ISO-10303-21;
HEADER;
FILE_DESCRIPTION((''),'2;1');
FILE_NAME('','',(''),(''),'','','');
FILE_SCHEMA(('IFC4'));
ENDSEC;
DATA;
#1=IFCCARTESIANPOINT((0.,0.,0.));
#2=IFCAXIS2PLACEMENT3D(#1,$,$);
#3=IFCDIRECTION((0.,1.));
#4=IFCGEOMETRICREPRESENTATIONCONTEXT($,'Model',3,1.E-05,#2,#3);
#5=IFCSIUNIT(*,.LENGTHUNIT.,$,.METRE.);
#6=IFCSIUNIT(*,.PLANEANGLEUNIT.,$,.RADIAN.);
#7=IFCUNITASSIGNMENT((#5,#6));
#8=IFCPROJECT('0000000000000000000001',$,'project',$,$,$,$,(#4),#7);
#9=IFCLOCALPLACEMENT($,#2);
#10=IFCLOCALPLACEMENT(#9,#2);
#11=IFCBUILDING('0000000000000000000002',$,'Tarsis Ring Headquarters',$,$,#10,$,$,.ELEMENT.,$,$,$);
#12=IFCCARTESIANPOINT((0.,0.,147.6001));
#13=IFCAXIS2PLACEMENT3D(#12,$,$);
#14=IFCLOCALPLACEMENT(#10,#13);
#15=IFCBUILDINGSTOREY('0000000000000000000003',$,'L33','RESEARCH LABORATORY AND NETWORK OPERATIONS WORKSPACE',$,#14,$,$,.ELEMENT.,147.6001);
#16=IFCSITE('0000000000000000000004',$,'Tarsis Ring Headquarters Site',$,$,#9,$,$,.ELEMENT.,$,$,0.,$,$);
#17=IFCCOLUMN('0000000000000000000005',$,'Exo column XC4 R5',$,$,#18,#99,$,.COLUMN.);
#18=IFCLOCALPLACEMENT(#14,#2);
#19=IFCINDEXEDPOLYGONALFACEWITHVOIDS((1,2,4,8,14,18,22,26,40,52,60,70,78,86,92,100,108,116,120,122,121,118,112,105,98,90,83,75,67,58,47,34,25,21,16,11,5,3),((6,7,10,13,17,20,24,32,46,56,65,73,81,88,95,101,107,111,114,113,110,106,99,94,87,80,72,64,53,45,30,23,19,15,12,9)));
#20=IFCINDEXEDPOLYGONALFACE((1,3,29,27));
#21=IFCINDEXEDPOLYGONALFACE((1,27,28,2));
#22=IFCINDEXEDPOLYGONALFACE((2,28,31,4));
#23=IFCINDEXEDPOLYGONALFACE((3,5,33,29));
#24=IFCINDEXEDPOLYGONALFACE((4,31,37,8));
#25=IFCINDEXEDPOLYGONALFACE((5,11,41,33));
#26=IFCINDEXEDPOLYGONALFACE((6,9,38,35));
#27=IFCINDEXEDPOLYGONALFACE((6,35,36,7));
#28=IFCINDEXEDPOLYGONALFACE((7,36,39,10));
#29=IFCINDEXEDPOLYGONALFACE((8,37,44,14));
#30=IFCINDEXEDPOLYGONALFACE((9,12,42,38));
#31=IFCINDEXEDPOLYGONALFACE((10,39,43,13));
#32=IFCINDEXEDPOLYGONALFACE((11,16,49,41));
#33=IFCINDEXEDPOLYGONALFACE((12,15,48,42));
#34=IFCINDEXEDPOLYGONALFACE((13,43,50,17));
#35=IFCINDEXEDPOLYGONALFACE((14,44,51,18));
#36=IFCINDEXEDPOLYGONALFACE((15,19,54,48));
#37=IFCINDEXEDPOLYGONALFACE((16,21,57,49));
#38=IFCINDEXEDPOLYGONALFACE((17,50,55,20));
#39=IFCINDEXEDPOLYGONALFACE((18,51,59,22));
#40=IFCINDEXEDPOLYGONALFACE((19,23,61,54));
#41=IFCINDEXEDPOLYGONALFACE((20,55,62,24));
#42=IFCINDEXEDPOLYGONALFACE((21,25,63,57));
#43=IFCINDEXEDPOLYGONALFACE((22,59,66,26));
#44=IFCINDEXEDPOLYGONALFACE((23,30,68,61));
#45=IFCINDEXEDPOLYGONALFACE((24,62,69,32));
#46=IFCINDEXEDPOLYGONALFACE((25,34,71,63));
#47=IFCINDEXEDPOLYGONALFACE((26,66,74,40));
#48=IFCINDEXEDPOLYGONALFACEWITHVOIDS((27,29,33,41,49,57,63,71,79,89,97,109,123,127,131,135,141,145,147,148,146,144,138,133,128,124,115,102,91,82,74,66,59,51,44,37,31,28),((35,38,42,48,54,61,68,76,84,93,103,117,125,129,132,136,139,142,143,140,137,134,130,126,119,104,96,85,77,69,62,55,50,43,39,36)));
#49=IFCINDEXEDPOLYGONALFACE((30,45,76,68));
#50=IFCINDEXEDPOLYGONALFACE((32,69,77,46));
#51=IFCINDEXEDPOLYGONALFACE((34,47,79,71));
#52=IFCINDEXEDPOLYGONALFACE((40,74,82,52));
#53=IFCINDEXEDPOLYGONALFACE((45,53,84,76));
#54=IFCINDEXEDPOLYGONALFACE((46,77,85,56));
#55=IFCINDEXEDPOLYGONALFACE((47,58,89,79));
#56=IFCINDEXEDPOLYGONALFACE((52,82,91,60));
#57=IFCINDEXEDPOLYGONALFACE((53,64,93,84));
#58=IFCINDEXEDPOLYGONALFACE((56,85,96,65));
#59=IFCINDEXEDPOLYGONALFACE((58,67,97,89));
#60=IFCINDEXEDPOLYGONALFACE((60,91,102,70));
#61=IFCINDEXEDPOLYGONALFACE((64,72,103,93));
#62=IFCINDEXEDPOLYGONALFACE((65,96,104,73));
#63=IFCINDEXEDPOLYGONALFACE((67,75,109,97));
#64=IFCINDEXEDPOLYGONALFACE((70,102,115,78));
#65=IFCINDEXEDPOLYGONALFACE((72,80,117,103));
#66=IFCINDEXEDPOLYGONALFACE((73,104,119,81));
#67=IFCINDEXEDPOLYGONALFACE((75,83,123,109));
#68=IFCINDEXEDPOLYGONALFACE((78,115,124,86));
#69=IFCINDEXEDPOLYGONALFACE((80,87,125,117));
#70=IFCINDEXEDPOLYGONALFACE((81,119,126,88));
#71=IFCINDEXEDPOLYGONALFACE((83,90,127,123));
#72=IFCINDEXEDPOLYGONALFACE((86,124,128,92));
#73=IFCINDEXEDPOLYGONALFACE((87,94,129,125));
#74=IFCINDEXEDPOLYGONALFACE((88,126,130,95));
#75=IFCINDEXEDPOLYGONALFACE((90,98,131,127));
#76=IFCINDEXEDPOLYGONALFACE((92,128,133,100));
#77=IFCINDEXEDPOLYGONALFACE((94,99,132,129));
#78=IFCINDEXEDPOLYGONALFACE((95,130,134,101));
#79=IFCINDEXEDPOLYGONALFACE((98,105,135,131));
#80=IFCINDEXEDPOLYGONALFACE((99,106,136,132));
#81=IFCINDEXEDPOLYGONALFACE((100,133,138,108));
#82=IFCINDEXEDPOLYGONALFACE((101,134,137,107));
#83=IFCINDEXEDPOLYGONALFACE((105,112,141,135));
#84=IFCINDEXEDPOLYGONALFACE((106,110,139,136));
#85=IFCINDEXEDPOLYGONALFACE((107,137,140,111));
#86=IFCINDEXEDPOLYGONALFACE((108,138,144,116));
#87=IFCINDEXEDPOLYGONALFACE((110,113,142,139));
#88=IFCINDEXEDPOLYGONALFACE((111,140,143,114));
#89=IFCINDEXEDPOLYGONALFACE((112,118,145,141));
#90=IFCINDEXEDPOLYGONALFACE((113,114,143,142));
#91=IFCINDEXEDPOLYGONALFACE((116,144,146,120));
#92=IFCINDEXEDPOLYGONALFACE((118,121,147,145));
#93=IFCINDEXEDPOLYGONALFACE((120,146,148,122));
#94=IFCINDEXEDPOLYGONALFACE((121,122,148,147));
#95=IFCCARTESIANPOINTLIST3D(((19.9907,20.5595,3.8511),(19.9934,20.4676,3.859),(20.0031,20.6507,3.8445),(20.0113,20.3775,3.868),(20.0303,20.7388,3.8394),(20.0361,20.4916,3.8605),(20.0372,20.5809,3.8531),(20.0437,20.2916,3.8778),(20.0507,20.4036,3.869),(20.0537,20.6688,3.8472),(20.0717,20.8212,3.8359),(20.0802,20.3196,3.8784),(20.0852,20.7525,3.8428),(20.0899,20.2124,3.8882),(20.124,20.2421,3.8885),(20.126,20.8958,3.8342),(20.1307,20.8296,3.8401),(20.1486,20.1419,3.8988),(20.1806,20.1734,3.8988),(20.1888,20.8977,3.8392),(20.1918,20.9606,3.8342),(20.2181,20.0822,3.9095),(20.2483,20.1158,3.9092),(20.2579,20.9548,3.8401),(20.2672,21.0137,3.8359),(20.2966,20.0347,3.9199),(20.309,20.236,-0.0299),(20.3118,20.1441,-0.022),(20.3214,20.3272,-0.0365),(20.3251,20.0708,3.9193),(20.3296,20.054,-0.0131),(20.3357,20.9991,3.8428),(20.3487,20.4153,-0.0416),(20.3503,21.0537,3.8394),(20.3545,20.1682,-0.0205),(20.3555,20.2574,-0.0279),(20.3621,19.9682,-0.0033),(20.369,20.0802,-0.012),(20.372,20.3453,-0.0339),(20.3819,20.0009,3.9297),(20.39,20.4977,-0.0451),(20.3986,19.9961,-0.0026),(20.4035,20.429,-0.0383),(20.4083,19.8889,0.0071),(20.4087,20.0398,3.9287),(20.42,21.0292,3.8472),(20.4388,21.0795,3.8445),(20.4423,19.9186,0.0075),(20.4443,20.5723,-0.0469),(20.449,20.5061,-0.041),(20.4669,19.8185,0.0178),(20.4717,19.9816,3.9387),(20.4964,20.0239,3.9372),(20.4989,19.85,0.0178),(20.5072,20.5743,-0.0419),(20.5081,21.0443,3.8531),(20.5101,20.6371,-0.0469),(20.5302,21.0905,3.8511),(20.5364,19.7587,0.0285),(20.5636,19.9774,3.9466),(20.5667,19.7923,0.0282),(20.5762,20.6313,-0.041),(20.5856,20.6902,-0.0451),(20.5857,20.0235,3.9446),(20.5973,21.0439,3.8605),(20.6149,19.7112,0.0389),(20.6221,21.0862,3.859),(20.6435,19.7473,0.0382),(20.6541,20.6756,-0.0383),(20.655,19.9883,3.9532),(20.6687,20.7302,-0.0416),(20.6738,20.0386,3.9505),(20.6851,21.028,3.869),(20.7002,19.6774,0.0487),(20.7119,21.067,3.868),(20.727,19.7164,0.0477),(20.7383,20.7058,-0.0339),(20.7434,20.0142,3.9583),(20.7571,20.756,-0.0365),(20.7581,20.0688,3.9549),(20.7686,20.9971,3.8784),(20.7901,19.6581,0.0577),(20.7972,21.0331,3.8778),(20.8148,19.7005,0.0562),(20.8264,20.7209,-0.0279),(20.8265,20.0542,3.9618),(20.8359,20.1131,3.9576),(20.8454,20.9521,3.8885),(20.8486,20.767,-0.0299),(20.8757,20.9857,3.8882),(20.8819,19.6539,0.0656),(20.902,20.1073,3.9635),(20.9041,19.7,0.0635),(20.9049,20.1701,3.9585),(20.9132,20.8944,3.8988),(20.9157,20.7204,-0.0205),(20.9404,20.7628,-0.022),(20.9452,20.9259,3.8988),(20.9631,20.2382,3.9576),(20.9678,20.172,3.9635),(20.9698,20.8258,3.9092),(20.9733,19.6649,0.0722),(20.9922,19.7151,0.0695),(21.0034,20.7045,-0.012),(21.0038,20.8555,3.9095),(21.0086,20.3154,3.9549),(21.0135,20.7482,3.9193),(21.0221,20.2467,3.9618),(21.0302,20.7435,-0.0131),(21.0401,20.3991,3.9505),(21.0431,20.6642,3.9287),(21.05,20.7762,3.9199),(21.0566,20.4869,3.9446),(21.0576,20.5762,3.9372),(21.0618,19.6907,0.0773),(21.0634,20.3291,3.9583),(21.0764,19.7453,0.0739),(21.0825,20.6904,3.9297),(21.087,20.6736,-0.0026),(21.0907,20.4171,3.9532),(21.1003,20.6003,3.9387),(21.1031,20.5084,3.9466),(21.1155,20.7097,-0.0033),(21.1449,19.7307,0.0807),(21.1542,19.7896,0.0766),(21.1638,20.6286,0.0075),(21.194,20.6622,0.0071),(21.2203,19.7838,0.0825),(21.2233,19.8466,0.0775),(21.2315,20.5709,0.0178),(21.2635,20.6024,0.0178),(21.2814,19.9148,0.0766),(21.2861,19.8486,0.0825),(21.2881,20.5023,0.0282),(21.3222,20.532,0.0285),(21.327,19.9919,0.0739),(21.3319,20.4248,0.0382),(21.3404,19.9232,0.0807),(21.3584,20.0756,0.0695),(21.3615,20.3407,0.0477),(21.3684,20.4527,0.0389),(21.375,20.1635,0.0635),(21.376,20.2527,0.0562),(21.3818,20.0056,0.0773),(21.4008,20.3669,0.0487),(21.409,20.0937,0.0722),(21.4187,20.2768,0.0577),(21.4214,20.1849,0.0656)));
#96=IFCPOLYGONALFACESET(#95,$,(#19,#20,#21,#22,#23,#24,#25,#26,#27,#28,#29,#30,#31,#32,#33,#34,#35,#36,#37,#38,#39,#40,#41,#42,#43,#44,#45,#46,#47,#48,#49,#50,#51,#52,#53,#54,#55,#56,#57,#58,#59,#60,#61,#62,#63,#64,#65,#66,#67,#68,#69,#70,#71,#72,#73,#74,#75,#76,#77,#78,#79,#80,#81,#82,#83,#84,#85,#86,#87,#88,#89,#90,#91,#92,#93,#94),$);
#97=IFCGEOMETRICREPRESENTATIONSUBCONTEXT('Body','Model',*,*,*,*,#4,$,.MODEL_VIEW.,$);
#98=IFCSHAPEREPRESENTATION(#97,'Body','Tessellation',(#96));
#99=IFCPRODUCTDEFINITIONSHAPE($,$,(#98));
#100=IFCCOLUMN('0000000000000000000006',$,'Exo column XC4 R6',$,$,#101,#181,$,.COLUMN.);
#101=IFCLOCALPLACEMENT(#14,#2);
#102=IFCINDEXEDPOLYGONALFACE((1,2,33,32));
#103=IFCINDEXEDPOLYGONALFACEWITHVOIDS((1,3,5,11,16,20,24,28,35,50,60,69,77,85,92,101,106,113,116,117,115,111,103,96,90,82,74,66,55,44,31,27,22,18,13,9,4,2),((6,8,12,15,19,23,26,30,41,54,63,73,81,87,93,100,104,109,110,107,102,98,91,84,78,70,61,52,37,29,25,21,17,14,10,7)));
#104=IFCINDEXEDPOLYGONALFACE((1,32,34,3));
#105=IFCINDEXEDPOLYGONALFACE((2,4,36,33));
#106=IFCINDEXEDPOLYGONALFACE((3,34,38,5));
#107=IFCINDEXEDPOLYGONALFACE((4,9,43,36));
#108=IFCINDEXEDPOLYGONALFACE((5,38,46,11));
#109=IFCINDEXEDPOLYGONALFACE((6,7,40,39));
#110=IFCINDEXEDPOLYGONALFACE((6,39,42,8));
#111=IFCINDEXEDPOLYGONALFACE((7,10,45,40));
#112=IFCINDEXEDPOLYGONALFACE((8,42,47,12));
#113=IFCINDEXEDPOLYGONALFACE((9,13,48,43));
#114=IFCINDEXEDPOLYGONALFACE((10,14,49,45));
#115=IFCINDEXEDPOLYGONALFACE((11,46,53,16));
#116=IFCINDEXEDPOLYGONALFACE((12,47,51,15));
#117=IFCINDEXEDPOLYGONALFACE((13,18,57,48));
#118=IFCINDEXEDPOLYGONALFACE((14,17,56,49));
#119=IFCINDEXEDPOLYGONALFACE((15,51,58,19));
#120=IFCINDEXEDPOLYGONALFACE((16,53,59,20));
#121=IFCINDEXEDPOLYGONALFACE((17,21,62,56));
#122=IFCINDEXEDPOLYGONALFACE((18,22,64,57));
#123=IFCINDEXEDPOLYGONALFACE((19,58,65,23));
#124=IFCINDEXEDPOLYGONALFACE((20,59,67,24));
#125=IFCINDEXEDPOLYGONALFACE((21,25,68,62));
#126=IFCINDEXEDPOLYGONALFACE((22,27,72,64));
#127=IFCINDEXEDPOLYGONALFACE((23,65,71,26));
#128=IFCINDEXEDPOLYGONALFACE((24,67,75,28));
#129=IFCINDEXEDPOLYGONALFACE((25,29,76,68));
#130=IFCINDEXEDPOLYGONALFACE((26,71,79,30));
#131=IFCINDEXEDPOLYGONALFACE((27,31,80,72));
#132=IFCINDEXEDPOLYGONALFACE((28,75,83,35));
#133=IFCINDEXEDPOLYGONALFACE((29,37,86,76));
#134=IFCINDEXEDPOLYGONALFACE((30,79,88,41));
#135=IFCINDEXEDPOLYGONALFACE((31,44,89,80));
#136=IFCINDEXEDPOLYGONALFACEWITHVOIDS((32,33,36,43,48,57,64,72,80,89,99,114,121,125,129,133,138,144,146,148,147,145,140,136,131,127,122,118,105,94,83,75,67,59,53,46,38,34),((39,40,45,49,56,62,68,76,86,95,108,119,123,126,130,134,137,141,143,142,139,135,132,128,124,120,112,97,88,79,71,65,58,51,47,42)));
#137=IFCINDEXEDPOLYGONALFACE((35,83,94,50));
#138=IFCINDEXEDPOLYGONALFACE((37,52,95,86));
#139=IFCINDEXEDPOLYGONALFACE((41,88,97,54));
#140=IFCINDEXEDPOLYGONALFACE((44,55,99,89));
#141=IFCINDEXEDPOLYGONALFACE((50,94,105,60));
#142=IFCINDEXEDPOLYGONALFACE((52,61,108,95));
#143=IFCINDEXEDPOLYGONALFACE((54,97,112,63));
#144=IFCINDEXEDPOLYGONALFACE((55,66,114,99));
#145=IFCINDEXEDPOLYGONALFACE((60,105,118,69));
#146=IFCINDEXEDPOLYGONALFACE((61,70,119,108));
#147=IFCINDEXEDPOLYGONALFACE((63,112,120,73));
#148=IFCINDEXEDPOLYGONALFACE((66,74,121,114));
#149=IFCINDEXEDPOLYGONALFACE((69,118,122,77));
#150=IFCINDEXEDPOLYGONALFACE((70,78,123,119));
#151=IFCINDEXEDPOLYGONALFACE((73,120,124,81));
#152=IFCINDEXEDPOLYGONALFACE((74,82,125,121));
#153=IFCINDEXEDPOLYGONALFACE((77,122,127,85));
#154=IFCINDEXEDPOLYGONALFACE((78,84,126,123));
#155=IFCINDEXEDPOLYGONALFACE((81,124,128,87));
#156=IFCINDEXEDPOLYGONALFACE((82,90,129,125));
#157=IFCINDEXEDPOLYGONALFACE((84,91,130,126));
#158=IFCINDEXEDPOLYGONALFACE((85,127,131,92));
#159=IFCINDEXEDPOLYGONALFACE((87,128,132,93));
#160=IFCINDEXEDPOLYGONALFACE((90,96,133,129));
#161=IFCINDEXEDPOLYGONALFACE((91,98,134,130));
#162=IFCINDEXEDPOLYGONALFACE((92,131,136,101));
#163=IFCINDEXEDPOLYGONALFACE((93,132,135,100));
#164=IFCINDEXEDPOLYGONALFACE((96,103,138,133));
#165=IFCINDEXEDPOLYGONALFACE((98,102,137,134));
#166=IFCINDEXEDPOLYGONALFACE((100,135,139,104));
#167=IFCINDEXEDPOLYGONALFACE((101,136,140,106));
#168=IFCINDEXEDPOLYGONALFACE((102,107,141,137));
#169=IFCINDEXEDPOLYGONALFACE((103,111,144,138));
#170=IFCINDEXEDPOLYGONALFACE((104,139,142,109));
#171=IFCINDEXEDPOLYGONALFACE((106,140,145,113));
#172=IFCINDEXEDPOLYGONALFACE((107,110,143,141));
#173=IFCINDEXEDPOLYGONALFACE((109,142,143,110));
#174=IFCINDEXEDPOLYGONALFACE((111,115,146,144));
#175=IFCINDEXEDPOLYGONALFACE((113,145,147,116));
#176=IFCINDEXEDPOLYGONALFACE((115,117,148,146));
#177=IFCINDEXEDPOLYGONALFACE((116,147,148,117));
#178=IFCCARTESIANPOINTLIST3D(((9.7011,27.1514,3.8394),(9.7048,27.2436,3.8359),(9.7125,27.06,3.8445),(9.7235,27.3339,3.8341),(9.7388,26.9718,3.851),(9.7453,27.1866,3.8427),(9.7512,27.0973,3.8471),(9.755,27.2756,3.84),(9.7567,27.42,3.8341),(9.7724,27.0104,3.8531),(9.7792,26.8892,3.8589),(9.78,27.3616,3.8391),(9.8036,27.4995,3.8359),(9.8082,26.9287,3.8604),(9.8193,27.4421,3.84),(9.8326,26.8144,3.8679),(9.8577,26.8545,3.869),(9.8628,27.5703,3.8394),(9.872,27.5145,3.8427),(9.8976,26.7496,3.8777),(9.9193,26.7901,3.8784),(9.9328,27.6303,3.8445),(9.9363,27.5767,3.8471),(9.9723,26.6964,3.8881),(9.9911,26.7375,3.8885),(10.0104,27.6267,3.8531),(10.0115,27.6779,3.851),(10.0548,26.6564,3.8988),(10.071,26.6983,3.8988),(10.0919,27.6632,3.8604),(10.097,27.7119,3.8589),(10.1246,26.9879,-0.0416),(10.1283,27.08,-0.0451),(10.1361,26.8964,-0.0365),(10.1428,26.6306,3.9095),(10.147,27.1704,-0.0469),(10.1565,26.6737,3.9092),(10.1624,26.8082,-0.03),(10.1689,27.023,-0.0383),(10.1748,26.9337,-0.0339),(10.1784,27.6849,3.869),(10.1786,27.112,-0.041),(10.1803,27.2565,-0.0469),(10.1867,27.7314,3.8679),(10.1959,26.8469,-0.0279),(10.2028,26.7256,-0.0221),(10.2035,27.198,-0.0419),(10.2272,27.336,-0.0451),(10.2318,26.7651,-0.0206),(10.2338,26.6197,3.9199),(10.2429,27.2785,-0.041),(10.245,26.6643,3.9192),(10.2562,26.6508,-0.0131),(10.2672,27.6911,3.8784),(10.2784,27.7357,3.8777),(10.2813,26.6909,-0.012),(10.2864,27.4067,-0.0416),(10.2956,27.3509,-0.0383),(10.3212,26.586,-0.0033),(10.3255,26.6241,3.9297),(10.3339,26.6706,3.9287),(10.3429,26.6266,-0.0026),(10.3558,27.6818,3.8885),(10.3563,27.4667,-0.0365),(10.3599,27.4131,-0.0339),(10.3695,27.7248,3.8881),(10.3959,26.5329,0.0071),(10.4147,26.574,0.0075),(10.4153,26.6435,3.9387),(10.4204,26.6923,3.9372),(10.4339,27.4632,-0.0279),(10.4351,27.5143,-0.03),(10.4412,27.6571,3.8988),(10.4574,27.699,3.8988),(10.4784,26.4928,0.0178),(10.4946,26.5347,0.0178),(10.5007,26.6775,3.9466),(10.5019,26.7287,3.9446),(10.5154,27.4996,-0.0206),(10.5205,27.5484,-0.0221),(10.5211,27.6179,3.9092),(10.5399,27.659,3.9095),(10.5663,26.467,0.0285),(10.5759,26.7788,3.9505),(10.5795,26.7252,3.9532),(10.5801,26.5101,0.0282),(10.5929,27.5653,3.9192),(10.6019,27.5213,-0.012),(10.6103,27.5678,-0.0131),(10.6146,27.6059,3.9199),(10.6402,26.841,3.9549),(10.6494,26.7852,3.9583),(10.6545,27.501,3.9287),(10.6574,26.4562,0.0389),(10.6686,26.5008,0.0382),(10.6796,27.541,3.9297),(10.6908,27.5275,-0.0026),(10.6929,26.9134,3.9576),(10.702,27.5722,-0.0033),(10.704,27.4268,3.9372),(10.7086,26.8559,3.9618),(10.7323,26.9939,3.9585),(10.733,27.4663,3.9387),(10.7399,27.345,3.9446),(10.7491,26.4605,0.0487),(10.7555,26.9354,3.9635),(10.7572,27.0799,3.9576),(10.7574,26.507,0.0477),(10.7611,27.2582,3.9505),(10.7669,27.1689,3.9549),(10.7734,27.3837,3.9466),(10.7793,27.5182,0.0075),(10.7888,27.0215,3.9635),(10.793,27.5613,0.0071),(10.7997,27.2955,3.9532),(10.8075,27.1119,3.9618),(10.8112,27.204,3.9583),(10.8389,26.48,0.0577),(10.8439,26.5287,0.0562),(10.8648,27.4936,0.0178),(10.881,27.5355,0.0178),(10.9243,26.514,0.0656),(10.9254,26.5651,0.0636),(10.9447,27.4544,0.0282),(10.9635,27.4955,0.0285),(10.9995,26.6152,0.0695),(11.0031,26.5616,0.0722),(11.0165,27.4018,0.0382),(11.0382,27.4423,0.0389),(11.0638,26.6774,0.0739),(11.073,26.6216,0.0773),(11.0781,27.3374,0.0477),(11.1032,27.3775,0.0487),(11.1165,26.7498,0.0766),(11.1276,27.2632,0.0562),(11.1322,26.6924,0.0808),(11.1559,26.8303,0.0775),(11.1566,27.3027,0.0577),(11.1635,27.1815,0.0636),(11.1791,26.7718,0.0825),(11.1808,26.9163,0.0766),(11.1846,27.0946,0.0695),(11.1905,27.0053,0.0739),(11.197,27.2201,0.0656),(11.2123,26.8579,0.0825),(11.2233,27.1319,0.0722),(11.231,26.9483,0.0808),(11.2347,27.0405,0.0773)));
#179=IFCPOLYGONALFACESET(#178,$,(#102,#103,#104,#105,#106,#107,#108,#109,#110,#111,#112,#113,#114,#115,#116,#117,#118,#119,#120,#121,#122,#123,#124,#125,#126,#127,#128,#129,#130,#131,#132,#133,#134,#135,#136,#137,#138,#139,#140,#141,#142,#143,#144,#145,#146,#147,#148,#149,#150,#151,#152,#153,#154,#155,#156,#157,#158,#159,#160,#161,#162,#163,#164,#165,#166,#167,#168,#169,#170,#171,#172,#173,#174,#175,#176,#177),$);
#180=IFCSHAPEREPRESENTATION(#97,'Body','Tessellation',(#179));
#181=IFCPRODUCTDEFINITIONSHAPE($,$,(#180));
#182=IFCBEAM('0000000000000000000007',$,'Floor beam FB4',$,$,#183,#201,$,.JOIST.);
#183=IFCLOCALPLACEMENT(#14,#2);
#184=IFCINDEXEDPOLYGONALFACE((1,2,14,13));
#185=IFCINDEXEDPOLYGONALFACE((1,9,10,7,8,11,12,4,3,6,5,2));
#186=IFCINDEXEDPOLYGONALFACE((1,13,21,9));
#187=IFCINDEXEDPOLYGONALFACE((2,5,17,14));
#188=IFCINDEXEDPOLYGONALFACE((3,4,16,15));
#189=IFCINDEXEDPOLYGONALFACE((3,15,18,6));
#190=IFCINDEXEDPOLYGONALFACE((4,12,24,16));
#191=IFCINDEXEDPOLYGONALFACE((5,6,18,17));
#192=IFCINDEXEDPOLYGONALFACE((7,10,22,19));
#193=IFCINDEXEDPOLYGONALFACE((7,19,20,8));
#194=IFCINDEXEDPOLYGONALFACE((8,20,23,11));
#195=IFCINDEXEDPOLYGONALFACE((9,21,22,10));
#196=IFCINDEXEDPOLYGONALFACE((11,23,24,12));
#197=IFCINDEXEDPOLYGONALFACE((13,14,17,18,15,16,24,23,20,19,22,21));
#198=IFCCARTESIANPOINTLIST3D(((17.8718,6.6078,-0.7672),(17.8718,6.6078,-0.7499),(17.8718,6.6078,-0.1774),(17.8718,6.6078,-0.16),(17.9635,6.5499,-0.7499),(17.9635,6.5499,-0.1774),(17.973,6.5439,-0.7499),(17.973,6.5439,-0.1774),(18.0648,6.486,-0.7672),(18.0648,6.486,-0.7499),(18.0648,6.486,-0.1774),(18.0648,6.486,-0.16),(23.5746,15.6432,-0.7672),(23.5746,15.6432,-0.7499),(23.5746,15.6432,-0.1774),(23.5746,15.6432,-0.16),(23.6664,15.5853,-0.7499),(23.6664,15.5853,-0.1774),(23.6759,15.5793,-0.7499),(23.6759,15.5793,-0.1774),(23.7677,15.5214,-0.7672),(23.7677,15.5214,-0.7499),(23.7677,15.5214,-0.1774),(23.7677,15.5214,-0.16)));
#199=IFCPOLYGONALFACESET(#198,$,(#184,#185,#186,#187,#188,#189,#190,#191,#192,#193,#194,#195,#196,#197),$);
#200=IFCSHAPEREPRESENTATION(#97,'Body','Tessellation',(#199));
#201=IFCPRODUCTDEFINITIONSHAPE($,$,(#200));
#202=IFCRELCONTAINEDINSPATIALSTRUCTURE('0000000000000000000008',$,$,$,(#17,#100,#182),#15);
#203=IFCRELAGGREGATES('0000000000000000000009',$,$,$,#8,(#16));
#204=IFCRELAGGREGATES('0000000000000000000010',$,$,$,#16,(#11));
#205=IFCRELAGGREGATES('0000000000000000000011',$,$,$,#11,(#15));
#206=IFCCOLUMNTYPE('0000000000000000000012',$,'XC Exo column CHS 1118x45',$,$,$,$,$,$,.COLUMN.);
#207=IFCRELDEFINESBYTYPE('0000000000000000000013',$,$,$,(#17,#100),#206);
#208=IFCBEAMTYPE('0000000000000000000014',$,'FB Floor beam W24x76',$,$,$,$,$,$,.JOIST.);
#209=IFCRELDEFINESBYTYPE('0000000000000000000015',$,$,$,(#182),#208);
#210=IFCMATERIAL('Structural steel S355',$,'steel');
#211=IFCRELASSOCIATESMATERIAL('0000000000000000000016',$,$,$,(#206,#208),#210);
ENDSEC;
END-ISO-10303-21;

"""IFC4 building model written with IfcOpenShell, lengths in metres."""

from ifc_helpers import new_model, si_unit, direction, frame, origin, origin_2d, place, context, subcontext, project, spatial, hollow_circle, i_section, extrude, material, material_profile, profile_set, type_object, element, save


model = new_model("IFC4")

# Units and contexts
model_context = context("Model", 3, precision=1e-05, world=origin(), true_north=direction((0.0, 1.0)))
body_context = subcontext(model_context, "Body", "Model", "MODEL_VIEW")
ifc_project = project(units=[si_unit("LENGTHUNIT", "METRE"), si_unit("PLANEANGLEUNIT", "RADIAN")], contexts=[model_context])

# Site, building, storey
site_placement = place(None, origin())
site = spatial("IfcSite", under=ifc_project, at=site_placement, Name="Tarsis Ring Headquarters Site", CompositionType="ELEMENT", RefElevation=0.0)
building_placement = place(site_placement, origin())
building = spatial("IfcBuilding", under=site, at=building_placement, Name="Tarsis Ring Headquarters", CompositionType="ELEMENT")
storey_placement = place(building_placement, frame((0.0, 0.0, 147.6001)))
storey = spatial("IfcBuildingStorey", under=building, at=storey_placement, Name="L33", Description="RESEARCH LABORATORY AND NETWORK OPERATIONS WORKSPACE", CompositionType="ELEMENT", Elevation=147.6001)

# Columns
ifc_material_1 = material(Name="Structural steel S355", Category="steel")
ifc_material_profile_1 = material_profile(ifc_material_1, hollow_circle(Radius=0.5588, WallThickness=0.0449, at=origin_2d()), Name="CHS 1118x45")
ifc_profile_set_1 = profile_set([ifc_material_profile_1], Name="Structural steel S355")
column_type = type_object("IfcColumnType", Name="XC Exo column CHS 1118x45", PredefinedType="COLUMN", material=ifc_profile_set_1)
for number, where, z_axis, x_axis, name in (
    (1, (20.8652, 20.2104, 0.0178), (-0.081473, 0.082785, 0.993232), (-0.712732, -0.701436, 0.0), "Exo column XC4 R5"),
    (2, (10.6797, 27.0142, 0.0178), (-0.108401, 0.041861, 0.993226), (-0.36024, -0.93286, 0.0), "Exo column XC4 R6"),
):
    element("IfcColumn", number, at=place(storey_placement, frame(where, z_axis=z_axis, x_axis=x_axis)), inside=storey, type_object=column_type, Name=name, PredefinedType="COLUMN", context=body_context, shape_type="SweptSolid", body=[
        extrude(hollow_circle(Radius=0.5588, WallThickness=0.0449, at=origin_2d()), origin(), (0.0, 0.0, 1.0), 3.9075),
    ])

# Beam
ifc_material_profile_2 = material_profile(ifc_material_1, i_section(OverallWidth=0.2283, OverallDepth=0.6072, WebThickness=0.0112, FlangeThickness=0.0173, at=origin_2d()), Name="W24x76")
ifc_profile_set_2 = profile_set([ifc_material_profile_2], Name="Structural steel S355")
beam_type_1 = type_object("IfcBeamType", Name="FB Floor beam W24x76", PredefinedType="JOIST", material=ifc_profile_set_2)
beam_1_placement = place(storey_placement, frame((23.6711, 15.5823, -0.4636), z_axis=(-0.533746, -0.845645, 0.0), x_axis=(0.845645, -0.533746, 0.0)))
element("IfcBeam", 3, at=beam_1_placement, inside=storey, type_object=beam_type_1, Name="Floor beam FB4", PredefinedType="JOIST", context=body_context, shape_type="SweptSolid", body=[
    extrude(i_section(OverallWidth=0.2283, OverallDepth=0.6072, WebThickness=0.0112, FlangeThickness=0.0173, at=origin_2d()), origin(), (0.0, 0.0, 1.0), 10.6846),
])

save(model, "model.ifc")
